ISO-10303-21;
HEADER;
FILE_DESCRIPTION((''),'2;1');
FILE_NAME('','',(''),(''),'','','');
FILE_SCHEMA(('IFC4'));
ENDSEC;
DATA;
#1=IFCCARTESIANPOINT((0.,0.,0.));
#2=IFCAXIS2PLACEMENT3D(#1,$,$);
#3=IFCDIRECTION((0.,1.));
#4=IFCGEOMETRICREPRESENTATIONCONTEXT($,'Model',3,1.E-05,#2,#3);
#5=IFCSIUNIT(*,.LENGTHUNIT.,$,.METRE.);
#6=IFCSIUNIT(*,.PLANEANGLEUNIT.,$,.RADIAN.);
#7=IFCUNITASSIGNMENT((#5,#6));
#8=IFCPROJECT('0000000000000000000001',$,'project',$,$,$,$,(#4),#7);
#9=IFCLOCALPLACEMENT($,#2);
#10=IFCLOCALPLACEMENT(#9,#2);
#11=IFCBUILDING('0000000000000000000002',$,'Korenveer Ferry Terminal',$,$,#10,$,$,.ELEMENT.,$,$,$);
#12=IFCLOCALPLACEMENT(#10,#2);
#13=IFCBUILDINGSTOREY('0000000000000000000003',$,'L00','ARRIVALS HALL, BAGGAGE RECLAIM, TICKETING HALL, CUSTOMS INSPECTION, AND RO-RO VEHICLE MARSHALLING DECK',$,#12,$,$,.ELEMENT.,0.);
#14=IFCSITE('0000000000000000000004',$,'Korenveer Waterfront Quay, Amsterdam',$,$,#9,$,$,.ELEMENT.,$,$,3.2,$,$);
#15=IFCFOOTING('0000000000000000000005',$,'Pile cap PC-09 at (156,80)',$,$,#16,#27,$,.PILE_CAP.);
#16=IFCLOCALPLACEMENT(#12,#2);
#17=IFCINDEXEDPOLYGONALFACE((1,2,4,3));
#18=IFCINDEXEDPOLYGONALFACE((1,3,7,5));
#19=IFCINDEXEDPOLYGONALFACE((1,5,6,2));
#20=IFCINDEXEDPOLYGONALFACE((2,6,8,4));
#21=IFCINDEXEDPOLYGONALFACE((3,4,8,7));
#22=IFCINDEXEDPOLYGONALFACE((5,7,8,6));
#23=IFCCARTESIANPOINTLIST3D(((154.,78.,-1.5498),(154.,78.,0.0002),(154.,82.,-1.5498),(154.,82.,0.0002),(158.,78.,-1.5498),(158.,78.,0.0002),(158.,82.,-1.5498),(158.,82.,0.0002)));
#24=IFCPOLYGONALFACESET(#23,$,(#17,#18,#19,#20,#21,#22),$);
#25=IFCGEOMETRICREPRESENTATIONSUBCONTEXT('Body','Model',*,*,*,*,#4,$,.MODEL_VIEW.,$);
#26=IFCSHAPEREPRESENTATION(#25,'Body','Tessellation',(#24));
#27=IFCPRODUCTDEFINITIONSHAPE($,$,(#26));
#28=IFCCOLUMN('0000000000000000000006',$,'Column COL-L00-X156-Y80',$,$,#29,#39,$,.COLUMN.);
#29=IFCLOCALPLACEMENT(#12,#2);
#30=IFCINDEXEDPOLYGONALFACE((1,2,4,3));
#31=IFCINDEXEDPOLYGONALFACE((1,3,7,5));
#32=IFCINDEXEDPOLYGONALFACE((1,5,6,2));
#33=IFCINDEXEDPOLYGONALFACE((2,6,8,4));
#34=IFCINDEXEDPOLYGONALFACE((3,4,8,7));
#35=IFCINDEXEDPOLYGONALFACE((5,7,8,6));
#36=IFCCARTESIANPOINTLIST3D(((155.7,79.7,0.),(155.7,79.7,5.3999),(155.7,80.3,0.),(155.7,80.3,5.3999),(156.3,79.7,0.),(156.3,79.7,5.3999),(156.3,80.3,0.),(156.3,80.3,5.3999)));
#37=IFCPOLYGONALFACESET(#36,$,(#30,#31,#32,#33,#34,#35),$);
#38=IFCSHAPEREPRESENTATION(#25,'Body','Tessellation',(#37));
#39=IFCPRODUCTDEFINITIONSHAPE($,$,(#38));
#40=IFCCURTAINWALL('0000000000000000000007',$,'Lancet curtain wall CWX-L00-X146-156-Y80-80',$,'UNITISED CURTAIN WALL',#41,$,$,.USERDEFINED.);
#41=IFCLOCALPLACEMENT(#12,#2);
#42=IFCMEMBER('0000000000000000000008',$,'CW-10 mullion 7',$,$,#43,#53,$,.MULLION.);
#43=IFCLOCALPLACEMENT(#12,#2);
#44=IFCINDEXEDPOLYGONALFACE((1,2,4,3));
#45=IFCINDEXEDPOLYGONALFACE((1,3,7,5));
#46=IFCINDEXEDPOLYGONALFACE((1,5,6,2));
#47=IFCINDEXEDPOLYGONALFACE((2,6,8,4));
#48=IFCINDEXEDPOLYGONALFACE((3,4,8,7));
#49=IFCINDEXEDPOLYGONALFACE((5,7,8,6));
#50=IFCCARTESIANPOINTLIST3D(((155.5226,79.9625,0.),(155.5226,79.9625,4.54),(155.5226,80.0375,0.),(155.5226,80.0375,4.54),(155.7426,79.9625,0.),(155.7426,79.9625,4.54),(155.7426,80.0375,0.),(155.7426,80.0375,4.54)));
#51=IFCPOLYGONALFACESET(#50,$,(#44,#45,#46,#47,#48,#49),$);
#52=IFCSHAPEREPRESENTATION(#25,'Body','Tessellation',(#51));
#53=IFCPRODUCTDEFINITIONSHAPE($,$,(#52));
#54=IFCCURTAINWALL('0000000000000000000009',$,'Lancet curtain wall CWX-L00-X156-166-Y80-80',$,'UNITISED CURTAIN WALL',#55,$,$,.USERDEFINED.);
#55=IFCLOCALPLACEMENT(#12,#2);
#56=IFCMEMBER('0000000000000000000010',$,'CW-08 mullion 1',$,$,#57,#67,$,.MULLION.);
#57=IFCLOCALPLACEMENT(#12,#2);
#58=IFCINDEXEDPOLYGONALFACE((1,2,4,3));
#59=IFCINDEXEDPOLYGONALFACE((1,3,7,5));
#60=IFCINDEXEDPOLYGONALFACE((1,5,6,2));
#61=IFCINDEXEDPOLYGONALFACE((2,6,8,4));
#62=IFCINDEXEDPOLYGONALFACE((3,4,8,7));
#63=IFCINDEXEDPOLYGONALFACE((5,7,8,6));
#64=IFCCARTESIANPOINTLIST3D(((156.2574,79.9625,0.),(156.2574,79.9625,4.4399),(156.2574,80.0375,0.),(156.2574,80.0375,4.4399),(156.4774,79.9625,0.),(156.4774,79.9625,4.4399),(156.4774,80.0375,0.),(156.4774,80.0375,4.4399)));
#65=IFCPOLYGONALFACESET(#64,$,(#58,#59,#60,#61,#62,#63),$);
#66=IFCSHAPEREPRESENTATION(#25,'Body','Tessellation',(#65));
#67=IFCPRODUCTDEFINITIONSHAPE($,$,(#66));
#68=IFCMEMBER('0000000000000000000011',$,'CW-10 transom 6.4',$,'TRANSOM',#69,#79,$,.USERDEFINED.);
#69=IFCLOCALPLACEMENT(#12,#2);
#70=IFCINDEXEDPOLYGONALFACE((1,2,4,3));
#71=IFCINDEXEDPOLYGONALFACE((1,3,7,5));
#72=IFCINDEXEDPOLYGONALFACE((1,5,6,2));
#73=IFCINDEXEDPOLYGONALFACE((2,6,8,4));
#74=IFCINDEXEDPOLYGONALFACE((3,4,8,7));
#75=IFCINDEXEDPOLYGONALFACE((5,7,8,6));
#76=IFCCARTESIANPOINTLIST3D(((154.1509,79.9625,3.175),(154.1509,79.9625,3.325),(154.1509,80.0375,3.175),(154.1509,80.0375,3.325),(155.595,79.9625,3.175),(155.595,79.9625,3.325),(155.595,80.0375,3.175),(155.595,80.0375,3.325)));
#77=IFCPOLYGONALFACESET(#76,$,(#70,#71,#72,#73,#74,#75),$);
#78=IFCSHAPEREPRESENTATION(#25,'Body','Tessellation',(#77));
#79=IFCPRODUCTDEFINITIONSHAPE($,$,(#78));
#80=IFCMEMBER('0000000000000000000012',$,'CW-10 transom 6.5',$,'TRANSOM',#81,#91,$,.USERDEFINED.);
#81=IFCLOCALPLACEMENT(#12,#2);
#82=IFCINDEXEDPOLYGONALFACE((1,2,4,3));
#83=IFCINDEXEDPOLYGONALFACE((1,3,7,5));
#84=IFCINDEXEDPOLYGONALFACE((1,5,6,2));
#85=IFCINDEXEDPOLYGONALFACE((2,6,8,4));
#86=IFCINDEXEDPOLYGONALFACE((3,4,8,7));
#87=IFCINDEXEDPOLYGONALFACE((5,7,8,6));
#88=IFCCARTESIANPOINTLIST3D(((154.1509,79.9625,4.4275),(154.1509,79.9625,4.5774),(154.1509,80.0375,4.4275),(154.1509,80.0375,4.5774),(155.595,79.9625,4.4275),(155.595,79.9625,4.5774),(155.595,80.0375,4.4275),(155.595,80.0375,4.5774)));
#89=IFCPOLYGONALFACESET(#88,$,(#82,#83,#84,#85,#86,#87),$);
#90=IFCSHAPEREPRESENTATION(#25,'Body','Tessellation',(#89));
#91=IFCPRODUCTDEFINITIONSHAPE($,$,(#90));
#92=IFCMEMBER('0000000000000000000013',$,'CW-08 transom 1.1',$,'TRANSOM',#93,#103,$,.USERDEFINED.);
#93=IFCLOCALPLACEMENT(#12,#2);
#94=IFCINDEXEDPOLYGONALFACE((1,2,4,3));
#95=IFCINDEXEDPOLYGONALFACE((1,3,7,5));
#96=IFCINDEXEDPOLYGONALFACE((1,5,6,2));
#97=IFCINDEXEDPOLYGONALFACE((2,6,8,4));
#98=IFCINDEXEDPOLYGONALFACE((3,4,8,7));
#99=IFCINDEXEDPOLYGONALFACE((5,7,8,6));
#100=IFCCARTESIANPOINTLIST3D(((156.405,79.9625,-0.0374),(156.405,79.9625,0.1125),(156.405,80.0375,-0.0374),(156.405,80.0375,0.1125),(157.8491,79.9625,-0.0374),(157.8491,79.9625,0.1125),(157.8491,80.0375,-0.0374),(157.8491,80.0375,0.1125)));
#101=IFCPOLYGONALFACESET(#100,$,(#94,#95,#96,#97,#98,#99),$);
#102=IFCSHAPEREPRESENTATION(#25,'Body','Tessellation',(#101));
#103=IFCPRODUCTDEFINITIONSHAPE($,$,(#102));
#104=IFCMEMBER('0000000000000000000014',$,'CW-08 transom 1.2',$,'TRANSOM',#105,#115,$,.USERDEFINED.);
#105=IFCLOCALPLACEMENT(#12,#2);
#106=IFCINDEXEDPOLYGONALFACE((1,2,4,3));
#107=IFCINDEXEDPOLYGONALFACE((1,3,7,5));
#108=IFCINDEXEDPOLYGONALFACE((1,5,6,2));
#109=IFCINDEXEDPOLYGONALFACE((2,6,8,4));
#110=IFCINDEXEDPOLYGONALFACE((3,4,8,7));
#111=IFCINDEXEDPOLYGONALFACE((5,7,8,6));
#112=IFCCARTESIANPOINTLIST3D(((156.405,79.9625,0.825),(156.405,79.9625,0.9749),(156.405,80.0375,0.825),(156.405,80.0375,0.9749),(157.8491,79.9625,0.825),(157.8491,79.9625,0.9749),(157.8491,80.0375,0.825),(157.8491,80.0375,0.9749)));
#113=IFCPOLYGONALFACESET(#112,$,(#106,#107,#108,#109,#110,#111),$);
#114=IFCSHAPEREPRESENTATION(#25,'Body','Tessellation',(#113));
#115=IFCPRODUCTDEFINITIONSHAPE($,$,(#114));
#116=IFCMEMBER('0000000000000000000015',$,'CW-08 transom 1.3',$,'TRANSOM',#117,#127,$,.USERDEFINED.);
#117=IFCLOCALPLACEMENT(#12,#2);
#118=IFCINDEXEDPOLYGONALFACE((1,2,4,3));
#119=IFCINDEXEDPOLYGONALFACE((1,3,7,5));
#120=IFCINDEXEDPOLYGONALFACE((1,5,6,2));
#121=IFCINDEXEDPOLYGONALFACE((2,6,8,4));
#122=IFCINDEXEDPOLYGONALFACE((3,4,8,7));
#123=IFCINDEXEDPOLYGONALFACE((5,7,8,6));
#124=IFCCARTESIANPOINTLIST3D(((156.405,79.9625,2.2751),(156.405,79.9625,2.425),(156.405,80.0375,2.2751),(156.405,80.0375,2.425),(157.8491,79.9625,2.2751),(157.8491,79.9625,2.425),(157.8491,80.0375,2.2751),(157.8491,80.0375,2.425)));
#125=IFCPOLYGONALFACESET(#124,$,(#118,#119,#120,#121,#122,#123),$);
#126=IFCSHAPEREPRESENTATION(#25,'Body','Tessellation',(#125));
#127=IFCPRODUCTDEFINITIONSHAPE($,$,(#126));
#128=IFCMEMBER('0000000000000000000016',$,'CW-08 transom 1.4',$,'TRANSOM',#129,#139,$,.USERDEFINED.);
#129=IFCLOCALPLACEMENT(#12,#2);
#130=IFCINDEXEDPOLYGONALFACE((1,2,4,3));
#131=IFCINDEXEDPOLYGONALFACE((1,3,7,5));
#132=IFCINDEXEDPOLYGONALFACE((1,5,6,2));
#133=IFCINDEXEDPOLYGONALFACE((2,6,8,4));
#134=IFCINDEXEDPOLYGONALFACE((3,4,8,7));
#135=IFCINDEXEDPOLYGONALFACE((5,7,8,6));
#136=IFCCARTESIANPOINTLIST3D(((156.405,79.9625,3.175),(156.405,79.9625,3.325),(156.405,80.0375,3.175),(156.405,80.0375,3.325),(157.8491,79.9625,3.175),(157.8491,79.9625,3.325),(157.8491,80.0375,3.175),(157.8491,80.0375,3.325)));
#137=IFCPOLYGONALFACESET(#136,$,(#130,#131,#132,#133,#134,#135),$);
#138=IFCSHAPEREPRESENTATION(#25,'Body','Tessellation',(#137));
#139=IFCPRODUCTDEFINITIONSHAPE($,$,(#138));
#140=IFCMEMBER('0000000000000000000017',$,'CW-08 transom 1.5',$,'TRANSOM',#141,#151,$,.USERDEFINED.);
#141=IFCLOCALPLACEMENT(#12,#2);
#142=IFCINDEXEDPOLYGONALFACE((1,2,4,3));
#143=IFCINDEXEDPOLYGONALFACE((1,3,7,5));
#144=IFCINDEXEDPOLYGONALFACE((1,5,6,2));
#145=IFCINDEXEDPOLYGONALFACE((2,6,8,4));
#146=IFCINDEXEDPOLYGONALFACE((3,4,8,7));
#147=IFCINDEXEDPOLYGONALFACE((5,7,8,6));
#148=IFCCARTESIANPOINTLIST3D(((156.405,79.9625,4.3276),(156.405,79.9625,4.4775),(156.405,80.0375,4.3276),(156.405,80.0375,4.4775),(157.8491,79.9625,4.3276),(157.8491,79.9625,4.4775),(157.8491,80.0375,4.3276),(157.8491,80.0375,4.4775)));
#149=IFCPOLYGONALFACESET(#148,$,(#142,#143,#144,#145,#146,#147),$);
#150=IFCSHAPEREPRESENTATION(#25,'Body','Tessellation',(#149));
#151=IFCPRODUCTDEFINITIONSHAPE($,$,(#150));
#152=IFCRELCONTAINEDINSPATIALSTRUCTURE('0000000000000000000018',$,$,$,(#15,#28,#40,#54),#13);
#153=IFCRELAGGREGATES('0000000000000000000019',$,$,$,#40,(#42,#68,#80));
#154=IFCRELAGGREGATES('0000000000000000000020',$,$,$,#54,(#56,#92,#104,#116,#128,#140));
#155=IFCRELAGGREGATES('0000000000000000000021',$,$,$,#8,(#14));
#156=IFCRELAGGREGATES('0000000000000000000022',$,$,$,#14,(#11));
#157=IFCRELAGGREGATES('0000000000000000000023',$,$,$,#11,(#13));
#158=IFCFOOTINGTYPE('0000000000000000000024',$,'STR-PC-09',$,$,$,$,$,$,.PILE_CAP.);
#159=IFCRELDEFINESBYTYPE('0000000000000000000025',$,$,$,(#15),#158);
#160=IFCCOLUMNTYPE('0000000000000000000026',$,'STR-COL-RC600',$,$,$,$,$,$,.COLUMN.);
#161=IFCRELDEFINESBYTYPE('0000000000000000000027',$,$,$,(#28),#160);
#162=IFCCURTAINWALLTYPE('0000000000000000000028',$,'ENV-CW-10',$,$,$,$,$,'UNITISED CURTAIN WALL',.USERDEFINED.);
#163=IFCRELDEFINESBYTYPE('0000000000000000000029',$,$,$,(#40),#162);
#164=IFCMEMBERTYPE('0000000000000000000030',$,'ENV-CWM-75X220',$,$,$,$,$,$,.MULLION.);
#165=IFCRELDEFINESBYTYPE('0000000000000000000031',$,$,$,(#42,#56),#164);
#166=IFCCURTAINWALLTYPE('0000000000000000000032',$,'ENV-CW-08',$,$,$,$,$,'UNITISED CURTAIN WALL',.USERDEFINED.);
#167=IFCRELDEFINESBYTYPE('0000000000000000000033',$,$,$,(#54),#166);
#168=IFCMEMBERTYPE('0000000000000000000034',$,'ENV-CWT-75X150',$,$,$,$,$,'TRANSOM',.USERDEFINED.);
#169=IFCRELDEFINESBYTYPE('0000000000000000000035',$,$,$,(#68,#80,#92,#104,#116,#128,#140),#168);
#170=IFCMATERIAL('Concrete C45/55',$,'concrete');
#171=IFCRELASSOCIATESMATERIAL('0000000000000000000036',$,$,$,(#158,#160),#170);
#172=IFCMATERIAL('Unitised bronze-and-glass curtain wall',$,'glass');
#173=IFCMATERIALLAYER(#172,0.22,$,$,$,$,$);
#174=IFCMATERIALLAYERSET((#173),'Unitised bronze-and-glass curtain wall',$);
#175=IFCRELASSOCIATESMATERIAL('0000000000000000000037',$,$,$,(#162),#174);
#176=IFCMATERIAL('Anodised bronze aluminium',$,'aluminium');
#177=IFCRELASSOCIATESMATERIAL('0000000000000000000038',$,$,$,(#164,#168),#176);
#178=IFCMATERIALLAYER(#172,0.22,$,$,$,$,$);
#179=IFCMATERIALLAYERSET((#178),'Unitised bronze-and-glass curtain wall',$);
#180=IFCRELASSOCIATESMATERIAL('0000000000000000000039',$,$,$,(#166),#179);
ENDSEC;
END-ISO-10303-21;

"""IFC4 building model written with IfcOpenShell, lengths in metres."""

from ifc_helpers import new_model, si_unit, direction, frame, origin, origin_2d, place, context, subcontext, project, spatial, rectangle, extrude, material, layer, layer_set, material_profile, profile_set, type_object, element, aggregate, save


model = new_model("IFC4")

# Units and contexts
model_context = context("Model", 3, precision=1e-05, world=origin(), true_north=direction((0.0, 1.0)))
body_context = subcontext(model_context, "Body", "Model", "MODEL_VIEW")
ifc_project = project(units=[si_unit("LENGTHUNIT", "METRE"), si_unit("PLANEANGLEUNIT", "RADIAN")], contexts=[model_context])

# Site, building, storey
site_placement = place(None, origin())
site = spatial("IfcSite", under=ifc_project, at=site_placement, Name="Korenveer Waterfront Quay, Amsterdam", CompositionType="ELEMENT", RefElevation=3.2)
building_placement = place(site_placement, origin())
building = spatial("IfcBuilding", under=site, at=building_placement, Name="Korenveer Ferry Terminal", CompositionType="ELEMENT")
storey_placement = place(building_placement, origin())
storey = spatial("IfcBuildingStorey", under=building, at=storey_placement, Name="L00", Description="ARRIVALS HALL, BAGGAGE RECLAIM, TICKETING HALL, CUSTOMS INSPECTION, AND RO-RO VEHICLE MARSHALLING DECK", CompositionType="ELEMENT", Elevation=0.0)

# Footing
ifc_material_1 = material(Name="Concrete C45/55", Category="concrete")
footing_type = type_object("IfcFootingType", Name="STR-PC-09", PredefinedType="PILE_CAP", material=ifc_material_1)
footing_placement = place(storey_placement, frame((156.0, 80.0, -1.5498), z_axis=(0.0, 0.0, 1.0), x_axis=(1.0, 0.0, 0.0)))
element("IfcFooting", 1, at=footing_placement, inside=storey, type_object=footing_type, Name="Pile cap PC-09 at (156,80)", PredefinedType="PILE_CAP", context=body_context, shape_type="SweptSolid", body=[
    extrude(rectangle(XDim=4.0, YDim=4.0, at=origin_2d()), origin(), (0.0, 0.0, 1.0), 1.55),
])

# Column
ifc_material_profile_1 = material_profile(ifc_material_1, rectangle(XDim=0.6001, YDim=0.6001, at=origin_2d()), Name="RC 600x600")
ifc_profile_set_1 = profile_set([ifc_material_profile_1], Name="Concrete C45/55")
column_type = type_object("IfcColumnType", Name="STR-COL-RC600", PredefinedType="COLUMN", material=ifc_profile_set_1)
column_placement = place(storey_placement, frame((156.0, 80.0, 0.0), z_axis=(0.0, 0.0, 1.0), x_axis=(1.0, 0.0, 0.0)))
element("IfcColumn", 2, at=column_placement, inside=storey, type_object=column_type, Name="Column COL-L00-X156-Y80", PredefinedType="COLUMN", context=body_context, shape_type="SweptSolid", body=[
    extrude(rectangle(XDim=0.6001, YDim=0.6001, at=origin_2d()), origin(), (0.0, 0.0, 1.0), 5.3999),
])

# Curtain walls, members
ifc_material_2 = material(Name="Unitised bronze-and-glass curtain wall", Category="glass")
ifc_layer_1 = layer(ifc_material_2, 0.22)
ifc_layer_set_1 = layer_set([ifc_layer_1], Name="Unitised bronze-and-glass curtain wall")
curtain_wall_type_1 = type_object("IfcCurtainWallType", Name="ENV-CW-10", ElementType="UNITISED CURTAIN WALL", PredefinedType="USERDEFINED", material=ifc_layer_set_1)
curtain_wall_1_placement = place(storey_placement, frame((146.3301, 80.0, 0.0)))
curtain_wall_1 = element("IfcCurtainWall", 3, at=curtain_wall_1_placement, inside=storey, type_object=curtain_wall_type_1, Name="Lancet curtain wall CWX-L00-X146-156-Y80-80", ObjectType="UNITISED CURTAIN WALL", PredefinedType="USERDEFINED")
ifc_material_3 = material(Name="Anodised bronze aluminium", Category="aluminium")
ifc_material_profile_2 = material_profile(ifc_material_3, rectangle(XDim=0.075, YDim=0.22, at=origin_2d()), Name="ALU 75x220")
ifc_profile_set_2 = profile_set([ifc_material_profile_2], Name="Anodised bronze aluminium")
member_type_1 = type_object("IfcMemberType", Name="ENV-CWM-75X220", PredefinedType="MULLION", material=ifc_profile_set_2)
member_1_placement = place(storey_placement, frame((155.6326, 80.0, 0.0), z_axis=(0.0, 0.0, 1.0), x_axis=(0.0, 1.0, 0.0)))
member_1 = element("IfcMember", 4, at=member_1_placement, type_object=member_type_1, Name="CW-10 mullion 7", PredefinedType="MULLION", context=body_context, shape_type="SweptSolid", body=[
    extrude(rectangle(XDim=0.075, YDim=0.22, at=origin_2d()), origin(), (0.0, 0.0, 1.0), 4.54),
])
ifc_layer_2 = layer(ifc_material_2, 0.22)
ifc_layer_set_2 = layer_set([ifc_layer_2], Name="Unitised bronze-and-glass curtain wall")
curtain_wall_type_2 = type_object("IfcCurtainWallType", Name="ENV-CW-08", ElementType="UNITISED CURTAIN WALL", PredefinedType="USERDEFINED", material=ifc_layer_set_2)
curtain_wall_2_placement = place(storey_placement, frame((156.3301, 80.0, 0.0)))
curtain_wall_2 = element("IfcCurtainWall", 5, at=curtain_wall_2_placement, inside=storey, type_object=curtain_wall_type_2, Name="Lancet curtain wall CWX-L00-X156-166-Y80-80", ObjectType="UNITISED CURTAIN WALL", PredefinedType="USERDEFINED")
member_2_placement = place(storey_placement, frame((156.3674, 80.0, 0.0), z_axis=(0.0, 0.0, 1.0), x_axis=(0.0, 1.0, 0.0)))
member_2 = element("IfcMember", 6, at=member_2_placement, type_object=member_type_1, Name="CW-08 mullion 1", PredefinedType="MULLION", context=body_context, shape_type="SweptSolid", body=[
    extrude(rectangle(XDim=0.075, YDim=0.22, at=origin_2d()), origin(), (0.0, 0.0, 1.0), 4.4399),
])

# Members
ifc_material_profile_3 = material_profile(ifc_material_3, rectangle(XDim=0.075, YDim=0.1499, at=origin_2d()), Name="ALU 75x150")
ifc_profile_set_3 = profile_set([ifc_material_profile_3], Name="Anodised bronze aluminium")
member_type_2 = type_object("IfcMemberType", Name="ENV-CWT-75X150", ElementType="TRANSOM", PredefinedType="USERDEFINED", material=ifc_profile_set_3)
member_3_placement = place(storey_placement, frame((154.1509, 80.0, 3.25), z_axis=(1.0, 0.0, 0.0), x_axis=(0.0, 1.0, 0.0)))
member_3 = element("IfcMember", 7, at=member_3_placement, type_object=member_type_2, Name="CW-10 transom 6.4", ObjectType="TRANSOM", PredefinedType="USERDEFINED", context=body_context, shape_type="SweptSolid", body=[
    extrude(rectangle(XDim=0.075, YDim=0.1499, at=origin_2d()), origin(), (0.0, 0.0, 1.0), 1.4441),
])
member_4_placement = place(storey_placement, frame((154.1509, 80.0, 4.5024), z_axis=(1.0, 0.0, 0.0), x_axis=(0.0, 1.0, 0.0)))
member_4 = element("IfcMember", 8, at=member_4_placement, type_object=member_type_2, Name="CW-10 transom 6.5", ObjectType="TRANSOM", PredefinedType="USERDEFINED", context=body_context, shape_type="SweptSolid", body=[
    extrude(rectangle(XDim=0.075, YDim=0.1499, at=origin_2d()), origin(), (0.0, 0.0, 1.0), 1.4441),
])
member_5_placement = place(storey_placement, frame((156.405, 80.0, 0.0376), z_axis=(1.0, 0.0, 0.0), x_axis=(0.0, 1.0, 0.0)))
member_5 = element("IfcMember", 9, at=member_5_placement, type_object=member_type_2, Name="CW-08 transom 1.1", ObjectType="TRANSOM", PredefinedType="USERDEFINED", context=body_context, shape_type="SweptSolid", body=[
    extrude(rectangle(XDim=0.075, YDim=0.1499, at=origin_2d()), origin(), (0.0, 0.0, 1.0), 1.4441),
])
member_6_placement = place(storey_placement, frame((156.405, 80.0, 0.8999), z_axis=(1.0, 0.0, 0.0), x_axis=(0.0, 1.0, 0.0)))
member_6 = element("IfcMember", 10, at=member_6_placement, type_object=member_type_2, Name="CW-08 transom 1.2", ObjectType="TRANSOM", PredefinedType="USERDEFINED", context=body_context, shape_type="SweptSolid", body=[
    extrude(rectangle(XDim=0.075, YDim=0.1499, at=origin_2d()), origin(), (0.0, 0.0, 1.0), 1.4441),
])
member_7_placement = place(storey_placement, frame((156.405, 80.0, 2.3501), z_axis=(1.0, 0.0, 0.0), x_axis=(0.0, 1.0, 0.0)))
member_7 = element("IfcMember", 11, at=member_7_placement, type_object=member_type_2, Name="CW-08 transom 1.3", ObjectType="TRANSOM", PredefinedType="USERDEFINED", context=body_context, shape_type="SweptSolid", body=[
    extrude(rectangle(XDim=0.075, YDim=0.1499, at=origin_2d()), origin(), (0.0, 0.0, 1.0), 1.4441),
])
member_8_placement = place(storey_placement, frame((156.405, 80.0, 3.25), z_axis=(1.0, 0.0, 0.0), x_axis=(0.0, 1.0, 0.0)))
member_8 = element("IfcMember", 12, at=member_8_placement, type_object=member_type_2, Name="CW-08 transom 1.4", ObjectType="TRANSOM", PredefinedType="USERDEFINED", context=body_context, shape_type="SweptSolid", body=[
    extrude(rectangle(XDim=0.075, YDim=0.1499, at=origin_2d()), origin(), (0.0, 0.0, 1.0), 1.4441),
])
member_9_placement = place(storey_placement, frame((156.405, 80.0, 4.4026), z_axis=(1.0, 0.0, 0.0), x_axis=(0.0, 1.0, 0.0)))
member_9 = element("IfcMember", 13, at=member_9_placement, type_object=member_type_2, Name="CW-08 transom 1.5", ObjectType="TRANSOM", PredefinedType="USERDEFINED", context=body_context, shape_type="SweptSolid", body=[
    extrude(rectangle(XDim=0.075, YDim=0.1499, at=origin_2d()), origin(), (0.0, 0.0, 1.0), 1.4441),
])

aggregate(curtain_wall_1, [member_1, member_3, member_4])
aggregate(curtain_wall_2, [member_2, member_5, member_6, member_7, member_8, member_9])

save(model, "model.ifc")
